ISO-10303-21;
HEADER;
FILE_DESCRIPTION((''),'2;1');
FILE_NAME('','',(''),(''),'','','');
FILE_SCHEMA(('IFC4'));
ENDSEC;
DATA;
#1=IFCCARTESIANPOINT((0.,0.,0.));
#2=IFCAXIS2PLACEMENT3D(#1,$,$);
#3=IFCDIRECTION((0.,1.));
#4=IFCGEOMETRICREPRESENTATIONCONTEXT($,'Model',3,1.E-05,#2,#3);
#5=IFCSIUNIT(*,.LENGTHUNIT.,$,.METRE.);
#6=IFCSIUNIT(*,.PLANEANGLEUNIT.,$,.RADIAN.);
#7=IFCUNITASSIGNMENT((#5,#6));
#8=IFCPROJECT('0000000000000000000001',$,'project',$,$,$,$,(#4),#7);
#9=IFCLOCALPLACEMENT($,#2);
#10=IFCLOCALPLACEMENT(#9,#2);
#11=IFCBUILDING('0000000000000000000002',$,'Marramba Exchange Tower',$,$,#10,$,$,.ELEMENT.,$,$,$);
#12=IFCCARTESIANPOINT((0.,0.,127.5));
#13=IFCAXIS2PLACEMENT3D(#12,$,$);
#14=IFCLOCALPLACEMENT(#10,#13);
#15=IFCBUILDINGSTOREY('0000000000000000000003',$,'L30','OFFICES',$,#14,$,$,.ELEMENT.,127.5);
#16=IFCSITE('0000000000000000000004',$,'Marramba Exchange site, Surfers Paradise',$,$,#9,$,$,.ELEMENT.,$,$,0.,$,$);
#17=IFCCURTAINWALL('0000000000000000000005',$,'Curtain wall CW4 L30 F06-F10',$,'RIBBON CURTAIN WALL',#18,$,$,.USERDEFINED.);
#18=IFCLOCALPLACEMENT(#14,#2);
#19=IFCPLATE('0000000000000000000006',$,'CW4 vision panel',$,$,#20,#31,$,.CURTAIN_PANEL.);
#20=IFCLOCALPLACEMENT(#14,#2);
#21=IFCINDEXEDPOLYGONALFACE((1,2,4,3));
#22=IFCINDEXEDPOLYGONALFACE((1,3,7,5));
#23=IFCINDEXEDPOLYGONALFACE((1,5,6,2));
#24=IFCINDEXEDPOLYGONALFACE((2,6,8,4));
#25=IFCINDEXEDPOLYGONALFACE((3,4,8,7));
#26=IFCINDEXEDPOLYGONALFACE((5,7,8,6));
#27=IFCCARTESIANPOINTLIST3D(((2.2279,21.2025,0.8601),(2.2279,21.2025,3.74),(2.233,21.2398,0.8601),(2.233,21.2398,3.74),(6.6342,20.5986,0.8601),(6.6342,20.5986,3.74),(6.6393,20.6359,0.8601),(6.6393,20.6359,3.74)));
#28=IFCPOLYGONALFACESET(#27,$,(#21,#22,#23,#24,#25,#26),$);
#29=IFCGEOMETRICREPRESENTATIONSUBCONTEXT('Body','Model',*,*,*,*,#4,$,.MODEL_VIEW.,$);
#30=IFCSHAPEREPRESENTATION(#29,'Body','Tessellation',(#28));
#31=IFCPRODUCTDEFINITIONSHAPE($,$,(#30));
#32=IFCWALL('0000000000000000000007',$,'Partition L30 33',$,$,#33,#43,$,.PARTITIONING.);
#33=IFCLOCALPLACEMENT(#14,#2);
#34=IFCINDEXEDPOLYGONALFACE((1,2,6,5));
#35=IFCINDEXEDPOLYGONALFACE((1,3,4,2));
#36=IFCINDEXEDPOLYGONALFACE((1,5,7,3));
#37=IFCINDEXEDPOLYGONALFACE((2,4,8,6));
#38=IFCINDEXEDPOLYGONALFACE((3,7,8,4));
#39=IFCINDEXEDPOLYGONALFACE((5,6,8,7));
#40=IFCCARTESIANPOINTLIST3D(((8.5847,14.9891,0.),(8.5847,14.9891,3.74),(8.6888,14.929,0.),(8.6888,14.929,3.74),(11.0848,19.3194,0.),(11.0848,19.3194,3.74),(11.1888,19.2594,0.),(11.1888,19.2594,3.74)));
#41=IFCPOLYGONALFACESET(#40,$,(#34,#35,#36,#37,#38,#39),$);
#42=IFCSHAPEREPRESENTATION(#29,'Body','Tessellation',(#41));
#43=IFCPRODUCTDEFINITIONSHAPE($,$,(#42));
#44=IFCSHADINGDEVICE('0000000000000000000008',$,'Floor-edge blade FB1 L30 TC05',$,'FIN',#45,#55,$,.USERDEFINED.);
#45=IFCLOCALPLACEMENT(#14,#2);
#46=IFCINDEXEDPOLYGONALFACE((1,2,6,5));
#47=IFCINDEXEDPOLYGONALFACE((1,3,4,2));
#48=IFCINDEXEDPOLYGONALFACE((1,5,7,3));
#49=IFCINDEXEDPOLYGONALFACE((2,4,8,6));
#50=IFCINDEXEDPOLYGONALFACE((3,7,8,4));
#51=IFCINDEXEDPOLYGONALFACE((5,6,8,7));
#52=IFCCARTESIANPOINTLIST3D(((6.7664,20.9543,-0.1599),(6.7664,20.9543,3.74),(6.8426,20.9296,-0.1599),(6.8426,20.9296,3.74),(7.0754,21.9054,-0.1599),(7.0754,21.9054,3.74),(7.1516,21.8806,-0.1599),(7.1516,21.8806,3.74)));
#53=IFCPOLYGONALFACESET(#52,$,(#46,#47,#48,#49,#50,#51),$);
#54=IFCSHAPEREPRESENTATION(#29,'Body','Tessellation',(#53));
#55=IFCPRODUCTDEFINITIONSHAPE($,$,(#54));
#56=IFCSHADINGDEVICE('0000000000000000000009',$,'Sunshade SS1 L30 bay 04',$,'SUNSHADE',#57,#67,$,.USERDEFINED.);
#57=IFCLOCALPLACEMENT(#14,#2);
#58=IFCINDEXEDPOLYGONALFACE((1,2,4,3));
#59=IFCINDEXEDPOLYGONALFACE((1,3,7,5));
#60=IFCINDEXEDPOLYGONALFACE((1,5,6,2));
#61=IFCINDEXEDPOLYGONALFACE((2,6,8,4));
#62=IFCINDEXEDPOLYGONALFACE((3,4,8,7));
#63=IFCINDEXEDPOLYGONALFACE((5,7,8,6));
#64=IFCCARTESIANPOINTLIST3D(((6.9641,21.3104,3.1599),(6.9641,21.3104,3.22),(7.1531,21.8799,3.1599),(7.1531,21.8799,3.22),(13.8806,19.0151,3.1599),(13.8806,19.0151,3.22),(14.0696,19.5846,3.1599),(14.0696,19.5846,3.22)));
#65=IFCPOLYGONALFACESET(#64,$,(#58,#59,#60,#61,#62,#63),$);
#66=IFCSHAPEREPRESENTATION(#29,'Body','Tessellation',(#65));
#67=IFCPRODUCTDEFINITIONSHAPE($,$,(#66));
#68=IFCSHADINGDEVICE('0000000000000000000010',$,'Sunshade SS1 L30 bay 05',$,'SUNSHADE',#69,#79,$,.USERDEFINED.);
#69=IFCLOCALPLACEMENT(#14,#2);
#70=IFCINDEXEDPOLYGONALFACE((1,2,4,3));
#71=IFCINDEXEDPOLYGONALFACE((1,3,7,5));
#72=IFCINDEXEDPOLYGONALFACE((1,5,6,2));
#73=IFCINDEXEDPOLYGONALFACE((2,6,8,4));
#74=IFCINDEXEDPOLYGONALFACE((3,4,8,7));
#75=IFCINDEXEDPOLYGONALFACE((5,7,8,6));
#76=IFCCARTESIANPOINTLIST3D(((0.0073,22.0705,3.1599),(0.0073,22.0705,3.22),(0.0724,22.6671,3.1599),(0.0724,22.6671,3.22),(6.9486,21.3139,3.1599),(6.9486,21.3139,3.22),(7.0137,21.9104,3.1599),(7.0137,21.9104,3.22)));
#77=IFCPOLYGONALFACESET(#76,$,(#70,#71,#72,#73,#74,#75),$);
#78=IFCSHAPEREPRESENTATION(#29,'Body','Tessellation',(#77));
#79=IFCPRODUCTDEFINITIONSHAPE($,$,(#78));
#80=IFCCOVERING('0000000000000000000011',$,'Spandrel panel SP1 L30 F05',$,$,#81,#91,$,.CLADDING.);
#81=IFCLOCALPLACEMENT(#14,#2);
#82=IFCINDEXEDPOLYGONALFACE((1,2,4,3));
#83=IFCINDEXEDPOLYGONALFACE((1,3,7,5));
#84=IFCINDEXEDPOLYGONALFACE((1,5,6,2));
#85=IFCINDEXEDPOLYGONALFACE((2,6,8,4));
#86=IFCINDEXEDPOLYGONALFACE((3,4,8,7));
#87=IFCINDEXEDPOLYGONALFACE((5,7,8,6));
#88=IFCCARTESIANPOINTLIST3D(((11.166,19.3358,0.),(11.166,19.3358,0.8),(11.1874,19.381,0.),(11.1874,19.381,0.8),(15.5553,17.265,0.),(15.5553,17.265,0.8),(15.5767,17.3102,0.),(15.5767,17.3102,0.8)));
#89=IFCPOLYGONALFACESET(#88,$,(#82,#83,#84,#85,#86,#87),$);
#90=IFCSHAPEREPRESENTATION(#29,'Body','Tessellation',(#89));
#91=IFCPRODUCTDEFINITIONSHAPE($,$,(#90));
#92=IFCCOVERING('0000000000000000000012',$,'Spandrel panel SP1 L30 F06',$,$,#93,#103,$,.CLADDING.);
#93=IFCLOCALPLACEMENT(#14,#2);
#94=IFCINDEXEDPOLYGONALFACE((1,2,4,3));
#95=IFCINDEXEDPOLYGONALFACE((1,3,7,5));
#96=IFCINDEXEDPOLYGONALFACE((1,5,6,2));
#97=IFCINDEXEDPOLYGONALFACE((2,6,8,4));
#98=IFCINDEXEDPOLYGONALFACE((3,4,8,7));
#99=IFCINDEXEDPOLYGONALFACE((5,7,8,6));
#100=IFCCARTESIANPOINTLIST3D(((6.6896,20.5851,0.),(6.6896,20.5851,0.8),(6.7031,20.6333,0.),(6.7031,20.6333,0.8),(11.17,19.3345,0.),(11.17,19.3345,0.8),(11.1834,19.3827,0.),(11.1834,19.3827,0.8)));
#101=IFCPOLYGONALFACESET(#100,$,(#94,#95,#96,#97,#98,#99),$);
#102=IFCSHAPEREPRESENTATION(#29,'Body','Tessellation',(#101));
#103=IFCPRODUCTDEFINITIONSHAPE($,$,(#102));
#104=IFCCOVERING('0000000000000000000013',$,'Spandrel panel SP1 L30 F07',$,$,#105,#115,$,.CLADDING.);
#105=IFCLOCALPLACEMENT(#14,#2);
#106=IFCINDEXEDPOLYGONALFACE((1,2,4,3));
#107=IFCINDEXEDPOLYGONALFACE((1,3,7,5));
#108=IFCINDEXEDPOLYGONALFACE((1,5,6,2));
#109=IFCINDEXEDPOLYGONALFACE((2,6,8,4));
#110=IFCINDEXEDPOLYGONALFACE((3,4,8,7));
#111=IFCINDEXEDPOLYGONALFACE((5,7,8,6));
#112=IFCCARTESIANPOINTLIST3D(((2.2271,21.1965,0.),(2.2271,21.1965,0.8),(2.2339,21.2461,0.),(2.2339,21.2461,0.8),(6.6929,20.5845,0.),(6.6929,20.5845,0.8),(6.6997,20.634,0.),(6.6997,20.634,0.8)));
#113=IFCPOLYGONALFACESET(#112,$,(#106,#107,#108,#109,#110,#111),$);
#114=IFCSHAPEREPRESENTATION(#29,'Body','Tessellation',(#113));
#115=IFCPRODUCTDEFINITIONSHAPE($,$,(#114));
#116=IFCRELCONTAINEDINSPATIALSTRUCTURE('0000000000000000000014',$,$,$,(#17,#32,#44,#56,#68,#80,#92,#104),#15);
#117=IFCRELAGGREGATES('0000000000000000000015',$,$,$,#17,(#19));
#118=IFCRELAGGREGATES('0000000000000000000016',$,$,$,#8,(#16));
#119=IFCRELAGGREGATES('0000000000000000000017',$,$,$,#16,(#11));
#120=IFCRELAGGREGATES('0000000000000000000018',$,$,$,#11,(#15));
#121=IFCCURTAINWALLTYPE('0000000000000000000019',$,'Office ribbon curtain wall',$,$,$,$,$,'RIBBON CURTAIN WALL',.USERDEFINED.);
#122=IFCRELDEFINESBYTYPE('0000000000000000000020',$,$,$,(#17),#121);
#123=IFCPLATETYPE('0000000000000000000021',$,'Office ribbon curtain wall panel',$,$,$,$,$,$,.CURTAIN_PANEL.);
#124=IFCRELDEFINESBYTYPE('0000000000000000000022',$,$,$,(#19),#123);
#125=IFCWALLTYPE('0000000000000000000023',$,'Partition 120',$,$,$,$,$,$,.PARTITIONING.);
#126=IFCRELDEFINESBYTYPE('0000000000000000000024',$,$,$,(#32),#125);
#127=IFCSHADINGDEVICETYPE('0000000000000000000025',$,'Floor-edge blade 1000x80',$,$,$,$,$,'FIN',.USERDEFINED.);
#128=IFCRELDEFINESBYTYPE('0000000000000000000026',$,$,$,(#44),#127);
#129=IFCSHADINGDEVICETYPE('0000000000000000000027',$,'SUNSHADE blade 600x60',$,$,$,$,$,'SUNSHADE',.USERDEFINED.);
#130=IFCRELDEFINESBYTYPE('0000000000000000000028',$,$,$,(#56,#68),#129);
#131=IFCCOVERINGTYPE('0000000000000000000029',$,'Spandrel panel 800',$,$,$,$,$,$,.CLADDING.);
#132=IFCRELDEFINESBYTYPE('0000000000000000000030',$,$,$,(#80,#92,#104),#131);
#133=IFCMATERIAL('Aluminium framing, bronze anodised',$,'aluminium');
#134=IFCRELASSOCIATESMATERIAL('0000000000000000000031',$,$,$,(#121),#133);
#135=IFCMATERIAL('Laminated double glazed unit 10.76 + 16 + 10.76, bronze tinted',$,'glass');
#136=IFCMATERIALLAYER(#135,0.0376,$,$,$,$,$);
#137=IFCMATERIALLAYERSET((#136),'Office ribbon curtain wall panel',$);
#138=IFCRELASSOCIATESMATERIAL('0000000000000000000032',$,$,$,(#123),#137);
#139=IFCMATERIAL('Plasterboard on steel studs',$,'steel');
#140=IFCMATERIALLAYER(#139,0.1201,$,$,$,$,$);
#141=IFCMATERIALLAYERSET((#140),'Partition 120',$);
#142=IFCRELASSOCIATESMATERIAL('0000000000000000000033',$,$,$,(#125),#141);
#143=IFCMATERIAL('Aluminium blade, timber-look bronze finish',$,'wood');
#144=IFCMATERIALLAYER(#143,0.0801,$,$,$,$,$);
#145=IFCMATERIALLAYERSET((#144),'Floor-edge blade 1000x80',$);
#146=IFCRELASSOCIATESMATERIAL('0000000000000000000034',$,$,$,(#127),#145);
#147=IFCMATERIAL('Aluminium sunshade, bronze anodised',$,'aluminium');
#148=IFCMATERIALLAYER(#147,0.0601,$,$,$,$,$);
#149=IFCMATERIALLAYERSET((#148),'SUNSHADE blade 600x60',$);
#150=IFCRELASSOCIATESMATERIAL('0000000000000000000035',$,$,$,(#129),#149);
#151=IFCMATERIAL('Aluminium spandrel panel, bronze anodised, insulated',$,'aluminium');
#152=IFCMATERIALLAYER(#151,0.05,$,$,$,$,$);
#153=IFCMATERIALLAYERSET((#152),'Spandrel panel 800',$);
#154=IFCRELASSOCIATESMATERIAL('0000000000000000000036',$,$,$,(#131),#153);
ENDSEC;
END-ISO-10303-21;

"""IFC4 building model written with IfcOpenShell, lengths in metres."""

from ifc_helpers import new_model, si_unit, direction, frame, frame_2d, origin, origin_2d, place, context, subcontext, project, spatial, rectangle, extrude, material, layer, layer_set, type_object, element, aggregate, save


model = new_model("IFC4")

# Units and contexts
model_context = context("Model", 3, precision=1e-05, world=origin(), true_north=direction((0.0, 1.0)))
body_context = subcontext(model_context, "Body", "Model", "MODEL_VIEW")
ifc_project = project(units=[si_unit("LENGTHUNIT", "METRE"), si_unit("PLANEANGLEUNIT", "RADIAN")], contexts=[model_context])

# Site, building, storey
site_placement = place(None, origin())
site = spatial("IfcSite", under=ifc_project, at=site_placement, Name="Marramba Exchange site, Surfers Paradise", CompositionType="ELEMENT", RefElevation=0.0)
building_placement = place(site_placement, origin())
building = spatial("IfcBuilding", under=site, at=building_placement, Name="Marramba Exchange Tower", CompositionType="ELEMENT")
storey_placement = place(building_placement, frame((0.0, 0.0, 127.5)))
storey = spatial("IfcBuildingStorey", under=building, at=storey_placement, Name="L30", Description="OFFICES", CompositionType="ELEMENT", Elevation=127.5)

# Curtain wall
ifc_material_1 = material(Name="Aluminium framing, bronze anodised", Category="aluminium")
curtain_wall_type = type_object("IfcCurtainWallType", Name="Office ribbon curtain wall", ElementType="RIBBON CURTAIN WALL", PredefinedType="USERDEFINED", material=ifc_material_1)
curtain_wall_1_placement = place(storey_placement, origin())
curtain_wall_1 = element("IfcCurtainWall", 1, at=curtain_wall_1_placement, inside=storey, type_object=curtain_wall_type, Name="Curtain wall CW4 L30 F06-F10", ObjectType="RIBBON CURTAIN WALL", PredefinedType="USERDEFINED")

# Shared definitions
ifc_material_2 = material(Name="Laminated double glazed unit 10.76 + 16 + 10.76, bronze tinted", Category="glass")
ifc_layer_1 = layer(ifc_material_2, 0.0376)
ifc_layer_set_1 = layer_set([ifc_layer_1], Name="Office ribbon curtain wall panel")
plate_type = type_object("IfcPlateType", Name="Office ribbon curtain wall panel", PredefinedType="CURTAIN_PANEL", material=ifc_layer_set_1)

# Plate
plate_1_placement = place(storey_placement, frame((4.4336, 20.9192, 0.8601), z_axis=(0.0, 0.0, 1.0), x_axis=(-0.990738, 0.135786, 0.0)))
plate_1 = element("IfcPlate", 2, at=plate_1_placement, type_object=plate_type, Name="CW4 vision panel", PredefinedType="CURTAIN_PANEL", context=body_context, shape_type="SweptSolid", body=[
    extrude(rectangle(XDim=4.4475, YDim=0.0376, at=origin_2d()), origin(), (0.0, 0.0, 1.0), 2.8799),
])
aggregate(curtain_wall_1, [plate_1])

# Wall
ifc_material_3 = material(Name="Plasterboard on steel studs", Category="steel")
ifc_layer_2 = layer(ifc_material_3, 0.1201)
ifc_layer_set_2 = layer_set([ifc_layer_2], Name="Partition 120")
wall_type = type_object("IfcWallType", Name="Partition 120", PredefinedType="PARTITIONING", material=ifc_layer_set_2)
wall_placement = place(storey_placement, frame((11.1367, 19.2893, 0.0), z_axis=(0.0, 0.0, 1.0), x_axis=(-0.499983, -0.866035, 0.0)))
element("IfcWall", 3, at=wall_placement, inside=storey, type_object=wall_type, Name="Partition L30 33", PredefinedType="PARTITIONING", context=body_context, shape_type="SweptSolid", body=[
    extrude(rectangle(XDim=5.0002, YDim=0.1201, at=frame_2d((2.5, 0.0))), origin(), (0.0, 0.0, 1.0), 3.74),
])

# Shading devices
ifc_material_4 = material(Name="Aluminium blade, timber-look bronze finish", Category="wood")
ifc_layer_3 = layer(ifc_material_4, 0.0801)
ifc_layer_set_3 = layer_set([ifc_layer_3], Name="Floor-edge blade 1000x80")
shading_device_type_1 = type_object("IfcShadingDeviceType", Name="Floor-edge blade 1000x80", ElementType="FIN", PredefinedType="USERDEFINED", material=ifc_layer_set_3)
shading_device_1_placement = place(storey_placement, frame((6.959, 21.4175, -0.1599), z_axis=(0.0, 0.0, 1.0), x_axis=(0.309017, 0.951057, 0.0)))
element("IfcShadingDevice", 4, at=shading_device_1_placement, inside=storey, type_object=shading_device_type_1, Name="Floor-edge blade FB1 L30 TC05", ObjectType="FIN", PredefinedType="USERDEFINED", context=body_context, shape_type="SweptSolid", body=[
    extrude(rectangle(XDim=1.0, YDim=0.0801, at=origin_2d()), origin(), (0.0, 0.0, 1.0), 3.8999),
])
ifc_material_5 = material(Name="Aluminium sunshade, bronze anodised", Category="aluminium")
ifc_layer_4 = layer(ifc_material_5, 0.0601)
ifc_layer_set_4 = layer_set([ifc_layer_4], Name="SUNSHADE blade 600x60")
shading_device_type_2 = type_object("IfcShadingDeviceType", Name="SUNSHADE blade 600x60", ElementType="SUNSHADE", PredefinedType="USERDEFINED", material=ifc_layer_set_4)
shading_device_2_placement = place(storey_placement, frame((10.5168, 20.4475, 3.1599), z_axis=(0.0, 0.0, 1.0), x_axis=(-0.949101, 0.314972, 0.0)))
element("IfcShadingDevice", 5, at=shading_device_2_placement, inside=storey, type_object=shading_device_type_2, Name="Sunshade SS1 L30 bay 04", ObjectType="SUNSHADE", PredefinedType="USERDEFINED", context=body_context, shape_type="SweptSolid", body=[
    extrude(rectangle(XDim=7.2874, YDim=0.6001, at=origin_2d()), origin(), (0.0, 0.0, 1.0), 0.0601),
])
shading_device_3_placement = place(storey_placement, frame((3.5105, 21.9905, 3.1599), z_axis=(0.0, 0.0, 1.0), x_axis=(-0.994111, 0.108363, 0.0)))
element("IfcShadingDevice", 6, at=shading_device_3_placement, inside=storey, type_object=shading_device_type_2, Name="Sunshade SS1 L30 bay 05", ObjectType="SUNSHADE", PredefinedType="USERDEFINED", context=body_context, shape_type="SweptSolid", body=[
    extrude(rectangle(XDim=6.9824, YDim=0.6001, at=origin_2d()), origin(), (0.0, 0.0, 1.0), 0.0601),
])

# Coverings
ifc_material_6 = material(Name="Aluminium spandrel panel, bronze anodised, insulated", Category="aluminium")
ifc_layer_5 = layer(ifc_material_6, 0.05)
ifc_layer_set_5 = layer_set([ifc_layer_5], Name="Spandrel panel 800")
covering_type = type_object("IfcCoveringType", Name="Spandrel panel 800", PredefinedType="CLADDING", material=ifc_layer_set_5)
covering_1_placement = place(storey_placement, frame((13.3713, 18.323, 0.0), z_axis=(0.0, 0.0, 1.0), x_axis=(-0.904403, 0.426679, 0.0)))
element("IfcCovering", 7, at=covering_1_placement, inside=storey, type_object=covering_type, Name="Spandrel panel SP1 L30 F05", PredefinedType="CLADDING", context=body_context, shape_type="SweptSolid", body=[
    extrude(rectangle(XDim=4.8533, YDim=0.05, at=origin_2d()), origin(), (0.0, 0.0, 1.0), 0.8),
])
covering_2_placement = place(storey_placement, frame((8.9365, 19.9839, 0.0), z_axis=(0.0, 0.0, 1.0), x_axis=(-0.963178, 0.268865, 0.0)))
element("IfcCovering", 8, at=covering_2_placement, inside=storey, type_object=covering_type, Name="Spandrel panel SP1 L30 F06", PredefinedType="CLADDING", context=body_context, shape_type="SweptSolid", body=[
    extrude(rectangle(XDim=4.6516, YDim=0.05, at=origin_2d()), origin(), (0.0, 0.0, 1.0), 0.8),
])
covering_3_placement = place(storey_placement, frame((4.4634, 20.9153, 0.0), z_axis=(0.0, 0.0, 1.0), x_axis=(-0.990738, 0.135786, 0.0)))
element("IfcCovering", 9, at=covering_3_placement, inside=storey, type_object=covering_type, Name="Spandrel panel SP1 L30 F07", PredefinedType="CLADDING", context=body_context, shape_type="SweptSolid", body=[
    extrude(rectangle(XDim=4.5076, YDim=0.05, at=origin_2d()), origin(), (0.0, 0.0, 1.0), 0.8),
])

save(model, "model.ifc")
